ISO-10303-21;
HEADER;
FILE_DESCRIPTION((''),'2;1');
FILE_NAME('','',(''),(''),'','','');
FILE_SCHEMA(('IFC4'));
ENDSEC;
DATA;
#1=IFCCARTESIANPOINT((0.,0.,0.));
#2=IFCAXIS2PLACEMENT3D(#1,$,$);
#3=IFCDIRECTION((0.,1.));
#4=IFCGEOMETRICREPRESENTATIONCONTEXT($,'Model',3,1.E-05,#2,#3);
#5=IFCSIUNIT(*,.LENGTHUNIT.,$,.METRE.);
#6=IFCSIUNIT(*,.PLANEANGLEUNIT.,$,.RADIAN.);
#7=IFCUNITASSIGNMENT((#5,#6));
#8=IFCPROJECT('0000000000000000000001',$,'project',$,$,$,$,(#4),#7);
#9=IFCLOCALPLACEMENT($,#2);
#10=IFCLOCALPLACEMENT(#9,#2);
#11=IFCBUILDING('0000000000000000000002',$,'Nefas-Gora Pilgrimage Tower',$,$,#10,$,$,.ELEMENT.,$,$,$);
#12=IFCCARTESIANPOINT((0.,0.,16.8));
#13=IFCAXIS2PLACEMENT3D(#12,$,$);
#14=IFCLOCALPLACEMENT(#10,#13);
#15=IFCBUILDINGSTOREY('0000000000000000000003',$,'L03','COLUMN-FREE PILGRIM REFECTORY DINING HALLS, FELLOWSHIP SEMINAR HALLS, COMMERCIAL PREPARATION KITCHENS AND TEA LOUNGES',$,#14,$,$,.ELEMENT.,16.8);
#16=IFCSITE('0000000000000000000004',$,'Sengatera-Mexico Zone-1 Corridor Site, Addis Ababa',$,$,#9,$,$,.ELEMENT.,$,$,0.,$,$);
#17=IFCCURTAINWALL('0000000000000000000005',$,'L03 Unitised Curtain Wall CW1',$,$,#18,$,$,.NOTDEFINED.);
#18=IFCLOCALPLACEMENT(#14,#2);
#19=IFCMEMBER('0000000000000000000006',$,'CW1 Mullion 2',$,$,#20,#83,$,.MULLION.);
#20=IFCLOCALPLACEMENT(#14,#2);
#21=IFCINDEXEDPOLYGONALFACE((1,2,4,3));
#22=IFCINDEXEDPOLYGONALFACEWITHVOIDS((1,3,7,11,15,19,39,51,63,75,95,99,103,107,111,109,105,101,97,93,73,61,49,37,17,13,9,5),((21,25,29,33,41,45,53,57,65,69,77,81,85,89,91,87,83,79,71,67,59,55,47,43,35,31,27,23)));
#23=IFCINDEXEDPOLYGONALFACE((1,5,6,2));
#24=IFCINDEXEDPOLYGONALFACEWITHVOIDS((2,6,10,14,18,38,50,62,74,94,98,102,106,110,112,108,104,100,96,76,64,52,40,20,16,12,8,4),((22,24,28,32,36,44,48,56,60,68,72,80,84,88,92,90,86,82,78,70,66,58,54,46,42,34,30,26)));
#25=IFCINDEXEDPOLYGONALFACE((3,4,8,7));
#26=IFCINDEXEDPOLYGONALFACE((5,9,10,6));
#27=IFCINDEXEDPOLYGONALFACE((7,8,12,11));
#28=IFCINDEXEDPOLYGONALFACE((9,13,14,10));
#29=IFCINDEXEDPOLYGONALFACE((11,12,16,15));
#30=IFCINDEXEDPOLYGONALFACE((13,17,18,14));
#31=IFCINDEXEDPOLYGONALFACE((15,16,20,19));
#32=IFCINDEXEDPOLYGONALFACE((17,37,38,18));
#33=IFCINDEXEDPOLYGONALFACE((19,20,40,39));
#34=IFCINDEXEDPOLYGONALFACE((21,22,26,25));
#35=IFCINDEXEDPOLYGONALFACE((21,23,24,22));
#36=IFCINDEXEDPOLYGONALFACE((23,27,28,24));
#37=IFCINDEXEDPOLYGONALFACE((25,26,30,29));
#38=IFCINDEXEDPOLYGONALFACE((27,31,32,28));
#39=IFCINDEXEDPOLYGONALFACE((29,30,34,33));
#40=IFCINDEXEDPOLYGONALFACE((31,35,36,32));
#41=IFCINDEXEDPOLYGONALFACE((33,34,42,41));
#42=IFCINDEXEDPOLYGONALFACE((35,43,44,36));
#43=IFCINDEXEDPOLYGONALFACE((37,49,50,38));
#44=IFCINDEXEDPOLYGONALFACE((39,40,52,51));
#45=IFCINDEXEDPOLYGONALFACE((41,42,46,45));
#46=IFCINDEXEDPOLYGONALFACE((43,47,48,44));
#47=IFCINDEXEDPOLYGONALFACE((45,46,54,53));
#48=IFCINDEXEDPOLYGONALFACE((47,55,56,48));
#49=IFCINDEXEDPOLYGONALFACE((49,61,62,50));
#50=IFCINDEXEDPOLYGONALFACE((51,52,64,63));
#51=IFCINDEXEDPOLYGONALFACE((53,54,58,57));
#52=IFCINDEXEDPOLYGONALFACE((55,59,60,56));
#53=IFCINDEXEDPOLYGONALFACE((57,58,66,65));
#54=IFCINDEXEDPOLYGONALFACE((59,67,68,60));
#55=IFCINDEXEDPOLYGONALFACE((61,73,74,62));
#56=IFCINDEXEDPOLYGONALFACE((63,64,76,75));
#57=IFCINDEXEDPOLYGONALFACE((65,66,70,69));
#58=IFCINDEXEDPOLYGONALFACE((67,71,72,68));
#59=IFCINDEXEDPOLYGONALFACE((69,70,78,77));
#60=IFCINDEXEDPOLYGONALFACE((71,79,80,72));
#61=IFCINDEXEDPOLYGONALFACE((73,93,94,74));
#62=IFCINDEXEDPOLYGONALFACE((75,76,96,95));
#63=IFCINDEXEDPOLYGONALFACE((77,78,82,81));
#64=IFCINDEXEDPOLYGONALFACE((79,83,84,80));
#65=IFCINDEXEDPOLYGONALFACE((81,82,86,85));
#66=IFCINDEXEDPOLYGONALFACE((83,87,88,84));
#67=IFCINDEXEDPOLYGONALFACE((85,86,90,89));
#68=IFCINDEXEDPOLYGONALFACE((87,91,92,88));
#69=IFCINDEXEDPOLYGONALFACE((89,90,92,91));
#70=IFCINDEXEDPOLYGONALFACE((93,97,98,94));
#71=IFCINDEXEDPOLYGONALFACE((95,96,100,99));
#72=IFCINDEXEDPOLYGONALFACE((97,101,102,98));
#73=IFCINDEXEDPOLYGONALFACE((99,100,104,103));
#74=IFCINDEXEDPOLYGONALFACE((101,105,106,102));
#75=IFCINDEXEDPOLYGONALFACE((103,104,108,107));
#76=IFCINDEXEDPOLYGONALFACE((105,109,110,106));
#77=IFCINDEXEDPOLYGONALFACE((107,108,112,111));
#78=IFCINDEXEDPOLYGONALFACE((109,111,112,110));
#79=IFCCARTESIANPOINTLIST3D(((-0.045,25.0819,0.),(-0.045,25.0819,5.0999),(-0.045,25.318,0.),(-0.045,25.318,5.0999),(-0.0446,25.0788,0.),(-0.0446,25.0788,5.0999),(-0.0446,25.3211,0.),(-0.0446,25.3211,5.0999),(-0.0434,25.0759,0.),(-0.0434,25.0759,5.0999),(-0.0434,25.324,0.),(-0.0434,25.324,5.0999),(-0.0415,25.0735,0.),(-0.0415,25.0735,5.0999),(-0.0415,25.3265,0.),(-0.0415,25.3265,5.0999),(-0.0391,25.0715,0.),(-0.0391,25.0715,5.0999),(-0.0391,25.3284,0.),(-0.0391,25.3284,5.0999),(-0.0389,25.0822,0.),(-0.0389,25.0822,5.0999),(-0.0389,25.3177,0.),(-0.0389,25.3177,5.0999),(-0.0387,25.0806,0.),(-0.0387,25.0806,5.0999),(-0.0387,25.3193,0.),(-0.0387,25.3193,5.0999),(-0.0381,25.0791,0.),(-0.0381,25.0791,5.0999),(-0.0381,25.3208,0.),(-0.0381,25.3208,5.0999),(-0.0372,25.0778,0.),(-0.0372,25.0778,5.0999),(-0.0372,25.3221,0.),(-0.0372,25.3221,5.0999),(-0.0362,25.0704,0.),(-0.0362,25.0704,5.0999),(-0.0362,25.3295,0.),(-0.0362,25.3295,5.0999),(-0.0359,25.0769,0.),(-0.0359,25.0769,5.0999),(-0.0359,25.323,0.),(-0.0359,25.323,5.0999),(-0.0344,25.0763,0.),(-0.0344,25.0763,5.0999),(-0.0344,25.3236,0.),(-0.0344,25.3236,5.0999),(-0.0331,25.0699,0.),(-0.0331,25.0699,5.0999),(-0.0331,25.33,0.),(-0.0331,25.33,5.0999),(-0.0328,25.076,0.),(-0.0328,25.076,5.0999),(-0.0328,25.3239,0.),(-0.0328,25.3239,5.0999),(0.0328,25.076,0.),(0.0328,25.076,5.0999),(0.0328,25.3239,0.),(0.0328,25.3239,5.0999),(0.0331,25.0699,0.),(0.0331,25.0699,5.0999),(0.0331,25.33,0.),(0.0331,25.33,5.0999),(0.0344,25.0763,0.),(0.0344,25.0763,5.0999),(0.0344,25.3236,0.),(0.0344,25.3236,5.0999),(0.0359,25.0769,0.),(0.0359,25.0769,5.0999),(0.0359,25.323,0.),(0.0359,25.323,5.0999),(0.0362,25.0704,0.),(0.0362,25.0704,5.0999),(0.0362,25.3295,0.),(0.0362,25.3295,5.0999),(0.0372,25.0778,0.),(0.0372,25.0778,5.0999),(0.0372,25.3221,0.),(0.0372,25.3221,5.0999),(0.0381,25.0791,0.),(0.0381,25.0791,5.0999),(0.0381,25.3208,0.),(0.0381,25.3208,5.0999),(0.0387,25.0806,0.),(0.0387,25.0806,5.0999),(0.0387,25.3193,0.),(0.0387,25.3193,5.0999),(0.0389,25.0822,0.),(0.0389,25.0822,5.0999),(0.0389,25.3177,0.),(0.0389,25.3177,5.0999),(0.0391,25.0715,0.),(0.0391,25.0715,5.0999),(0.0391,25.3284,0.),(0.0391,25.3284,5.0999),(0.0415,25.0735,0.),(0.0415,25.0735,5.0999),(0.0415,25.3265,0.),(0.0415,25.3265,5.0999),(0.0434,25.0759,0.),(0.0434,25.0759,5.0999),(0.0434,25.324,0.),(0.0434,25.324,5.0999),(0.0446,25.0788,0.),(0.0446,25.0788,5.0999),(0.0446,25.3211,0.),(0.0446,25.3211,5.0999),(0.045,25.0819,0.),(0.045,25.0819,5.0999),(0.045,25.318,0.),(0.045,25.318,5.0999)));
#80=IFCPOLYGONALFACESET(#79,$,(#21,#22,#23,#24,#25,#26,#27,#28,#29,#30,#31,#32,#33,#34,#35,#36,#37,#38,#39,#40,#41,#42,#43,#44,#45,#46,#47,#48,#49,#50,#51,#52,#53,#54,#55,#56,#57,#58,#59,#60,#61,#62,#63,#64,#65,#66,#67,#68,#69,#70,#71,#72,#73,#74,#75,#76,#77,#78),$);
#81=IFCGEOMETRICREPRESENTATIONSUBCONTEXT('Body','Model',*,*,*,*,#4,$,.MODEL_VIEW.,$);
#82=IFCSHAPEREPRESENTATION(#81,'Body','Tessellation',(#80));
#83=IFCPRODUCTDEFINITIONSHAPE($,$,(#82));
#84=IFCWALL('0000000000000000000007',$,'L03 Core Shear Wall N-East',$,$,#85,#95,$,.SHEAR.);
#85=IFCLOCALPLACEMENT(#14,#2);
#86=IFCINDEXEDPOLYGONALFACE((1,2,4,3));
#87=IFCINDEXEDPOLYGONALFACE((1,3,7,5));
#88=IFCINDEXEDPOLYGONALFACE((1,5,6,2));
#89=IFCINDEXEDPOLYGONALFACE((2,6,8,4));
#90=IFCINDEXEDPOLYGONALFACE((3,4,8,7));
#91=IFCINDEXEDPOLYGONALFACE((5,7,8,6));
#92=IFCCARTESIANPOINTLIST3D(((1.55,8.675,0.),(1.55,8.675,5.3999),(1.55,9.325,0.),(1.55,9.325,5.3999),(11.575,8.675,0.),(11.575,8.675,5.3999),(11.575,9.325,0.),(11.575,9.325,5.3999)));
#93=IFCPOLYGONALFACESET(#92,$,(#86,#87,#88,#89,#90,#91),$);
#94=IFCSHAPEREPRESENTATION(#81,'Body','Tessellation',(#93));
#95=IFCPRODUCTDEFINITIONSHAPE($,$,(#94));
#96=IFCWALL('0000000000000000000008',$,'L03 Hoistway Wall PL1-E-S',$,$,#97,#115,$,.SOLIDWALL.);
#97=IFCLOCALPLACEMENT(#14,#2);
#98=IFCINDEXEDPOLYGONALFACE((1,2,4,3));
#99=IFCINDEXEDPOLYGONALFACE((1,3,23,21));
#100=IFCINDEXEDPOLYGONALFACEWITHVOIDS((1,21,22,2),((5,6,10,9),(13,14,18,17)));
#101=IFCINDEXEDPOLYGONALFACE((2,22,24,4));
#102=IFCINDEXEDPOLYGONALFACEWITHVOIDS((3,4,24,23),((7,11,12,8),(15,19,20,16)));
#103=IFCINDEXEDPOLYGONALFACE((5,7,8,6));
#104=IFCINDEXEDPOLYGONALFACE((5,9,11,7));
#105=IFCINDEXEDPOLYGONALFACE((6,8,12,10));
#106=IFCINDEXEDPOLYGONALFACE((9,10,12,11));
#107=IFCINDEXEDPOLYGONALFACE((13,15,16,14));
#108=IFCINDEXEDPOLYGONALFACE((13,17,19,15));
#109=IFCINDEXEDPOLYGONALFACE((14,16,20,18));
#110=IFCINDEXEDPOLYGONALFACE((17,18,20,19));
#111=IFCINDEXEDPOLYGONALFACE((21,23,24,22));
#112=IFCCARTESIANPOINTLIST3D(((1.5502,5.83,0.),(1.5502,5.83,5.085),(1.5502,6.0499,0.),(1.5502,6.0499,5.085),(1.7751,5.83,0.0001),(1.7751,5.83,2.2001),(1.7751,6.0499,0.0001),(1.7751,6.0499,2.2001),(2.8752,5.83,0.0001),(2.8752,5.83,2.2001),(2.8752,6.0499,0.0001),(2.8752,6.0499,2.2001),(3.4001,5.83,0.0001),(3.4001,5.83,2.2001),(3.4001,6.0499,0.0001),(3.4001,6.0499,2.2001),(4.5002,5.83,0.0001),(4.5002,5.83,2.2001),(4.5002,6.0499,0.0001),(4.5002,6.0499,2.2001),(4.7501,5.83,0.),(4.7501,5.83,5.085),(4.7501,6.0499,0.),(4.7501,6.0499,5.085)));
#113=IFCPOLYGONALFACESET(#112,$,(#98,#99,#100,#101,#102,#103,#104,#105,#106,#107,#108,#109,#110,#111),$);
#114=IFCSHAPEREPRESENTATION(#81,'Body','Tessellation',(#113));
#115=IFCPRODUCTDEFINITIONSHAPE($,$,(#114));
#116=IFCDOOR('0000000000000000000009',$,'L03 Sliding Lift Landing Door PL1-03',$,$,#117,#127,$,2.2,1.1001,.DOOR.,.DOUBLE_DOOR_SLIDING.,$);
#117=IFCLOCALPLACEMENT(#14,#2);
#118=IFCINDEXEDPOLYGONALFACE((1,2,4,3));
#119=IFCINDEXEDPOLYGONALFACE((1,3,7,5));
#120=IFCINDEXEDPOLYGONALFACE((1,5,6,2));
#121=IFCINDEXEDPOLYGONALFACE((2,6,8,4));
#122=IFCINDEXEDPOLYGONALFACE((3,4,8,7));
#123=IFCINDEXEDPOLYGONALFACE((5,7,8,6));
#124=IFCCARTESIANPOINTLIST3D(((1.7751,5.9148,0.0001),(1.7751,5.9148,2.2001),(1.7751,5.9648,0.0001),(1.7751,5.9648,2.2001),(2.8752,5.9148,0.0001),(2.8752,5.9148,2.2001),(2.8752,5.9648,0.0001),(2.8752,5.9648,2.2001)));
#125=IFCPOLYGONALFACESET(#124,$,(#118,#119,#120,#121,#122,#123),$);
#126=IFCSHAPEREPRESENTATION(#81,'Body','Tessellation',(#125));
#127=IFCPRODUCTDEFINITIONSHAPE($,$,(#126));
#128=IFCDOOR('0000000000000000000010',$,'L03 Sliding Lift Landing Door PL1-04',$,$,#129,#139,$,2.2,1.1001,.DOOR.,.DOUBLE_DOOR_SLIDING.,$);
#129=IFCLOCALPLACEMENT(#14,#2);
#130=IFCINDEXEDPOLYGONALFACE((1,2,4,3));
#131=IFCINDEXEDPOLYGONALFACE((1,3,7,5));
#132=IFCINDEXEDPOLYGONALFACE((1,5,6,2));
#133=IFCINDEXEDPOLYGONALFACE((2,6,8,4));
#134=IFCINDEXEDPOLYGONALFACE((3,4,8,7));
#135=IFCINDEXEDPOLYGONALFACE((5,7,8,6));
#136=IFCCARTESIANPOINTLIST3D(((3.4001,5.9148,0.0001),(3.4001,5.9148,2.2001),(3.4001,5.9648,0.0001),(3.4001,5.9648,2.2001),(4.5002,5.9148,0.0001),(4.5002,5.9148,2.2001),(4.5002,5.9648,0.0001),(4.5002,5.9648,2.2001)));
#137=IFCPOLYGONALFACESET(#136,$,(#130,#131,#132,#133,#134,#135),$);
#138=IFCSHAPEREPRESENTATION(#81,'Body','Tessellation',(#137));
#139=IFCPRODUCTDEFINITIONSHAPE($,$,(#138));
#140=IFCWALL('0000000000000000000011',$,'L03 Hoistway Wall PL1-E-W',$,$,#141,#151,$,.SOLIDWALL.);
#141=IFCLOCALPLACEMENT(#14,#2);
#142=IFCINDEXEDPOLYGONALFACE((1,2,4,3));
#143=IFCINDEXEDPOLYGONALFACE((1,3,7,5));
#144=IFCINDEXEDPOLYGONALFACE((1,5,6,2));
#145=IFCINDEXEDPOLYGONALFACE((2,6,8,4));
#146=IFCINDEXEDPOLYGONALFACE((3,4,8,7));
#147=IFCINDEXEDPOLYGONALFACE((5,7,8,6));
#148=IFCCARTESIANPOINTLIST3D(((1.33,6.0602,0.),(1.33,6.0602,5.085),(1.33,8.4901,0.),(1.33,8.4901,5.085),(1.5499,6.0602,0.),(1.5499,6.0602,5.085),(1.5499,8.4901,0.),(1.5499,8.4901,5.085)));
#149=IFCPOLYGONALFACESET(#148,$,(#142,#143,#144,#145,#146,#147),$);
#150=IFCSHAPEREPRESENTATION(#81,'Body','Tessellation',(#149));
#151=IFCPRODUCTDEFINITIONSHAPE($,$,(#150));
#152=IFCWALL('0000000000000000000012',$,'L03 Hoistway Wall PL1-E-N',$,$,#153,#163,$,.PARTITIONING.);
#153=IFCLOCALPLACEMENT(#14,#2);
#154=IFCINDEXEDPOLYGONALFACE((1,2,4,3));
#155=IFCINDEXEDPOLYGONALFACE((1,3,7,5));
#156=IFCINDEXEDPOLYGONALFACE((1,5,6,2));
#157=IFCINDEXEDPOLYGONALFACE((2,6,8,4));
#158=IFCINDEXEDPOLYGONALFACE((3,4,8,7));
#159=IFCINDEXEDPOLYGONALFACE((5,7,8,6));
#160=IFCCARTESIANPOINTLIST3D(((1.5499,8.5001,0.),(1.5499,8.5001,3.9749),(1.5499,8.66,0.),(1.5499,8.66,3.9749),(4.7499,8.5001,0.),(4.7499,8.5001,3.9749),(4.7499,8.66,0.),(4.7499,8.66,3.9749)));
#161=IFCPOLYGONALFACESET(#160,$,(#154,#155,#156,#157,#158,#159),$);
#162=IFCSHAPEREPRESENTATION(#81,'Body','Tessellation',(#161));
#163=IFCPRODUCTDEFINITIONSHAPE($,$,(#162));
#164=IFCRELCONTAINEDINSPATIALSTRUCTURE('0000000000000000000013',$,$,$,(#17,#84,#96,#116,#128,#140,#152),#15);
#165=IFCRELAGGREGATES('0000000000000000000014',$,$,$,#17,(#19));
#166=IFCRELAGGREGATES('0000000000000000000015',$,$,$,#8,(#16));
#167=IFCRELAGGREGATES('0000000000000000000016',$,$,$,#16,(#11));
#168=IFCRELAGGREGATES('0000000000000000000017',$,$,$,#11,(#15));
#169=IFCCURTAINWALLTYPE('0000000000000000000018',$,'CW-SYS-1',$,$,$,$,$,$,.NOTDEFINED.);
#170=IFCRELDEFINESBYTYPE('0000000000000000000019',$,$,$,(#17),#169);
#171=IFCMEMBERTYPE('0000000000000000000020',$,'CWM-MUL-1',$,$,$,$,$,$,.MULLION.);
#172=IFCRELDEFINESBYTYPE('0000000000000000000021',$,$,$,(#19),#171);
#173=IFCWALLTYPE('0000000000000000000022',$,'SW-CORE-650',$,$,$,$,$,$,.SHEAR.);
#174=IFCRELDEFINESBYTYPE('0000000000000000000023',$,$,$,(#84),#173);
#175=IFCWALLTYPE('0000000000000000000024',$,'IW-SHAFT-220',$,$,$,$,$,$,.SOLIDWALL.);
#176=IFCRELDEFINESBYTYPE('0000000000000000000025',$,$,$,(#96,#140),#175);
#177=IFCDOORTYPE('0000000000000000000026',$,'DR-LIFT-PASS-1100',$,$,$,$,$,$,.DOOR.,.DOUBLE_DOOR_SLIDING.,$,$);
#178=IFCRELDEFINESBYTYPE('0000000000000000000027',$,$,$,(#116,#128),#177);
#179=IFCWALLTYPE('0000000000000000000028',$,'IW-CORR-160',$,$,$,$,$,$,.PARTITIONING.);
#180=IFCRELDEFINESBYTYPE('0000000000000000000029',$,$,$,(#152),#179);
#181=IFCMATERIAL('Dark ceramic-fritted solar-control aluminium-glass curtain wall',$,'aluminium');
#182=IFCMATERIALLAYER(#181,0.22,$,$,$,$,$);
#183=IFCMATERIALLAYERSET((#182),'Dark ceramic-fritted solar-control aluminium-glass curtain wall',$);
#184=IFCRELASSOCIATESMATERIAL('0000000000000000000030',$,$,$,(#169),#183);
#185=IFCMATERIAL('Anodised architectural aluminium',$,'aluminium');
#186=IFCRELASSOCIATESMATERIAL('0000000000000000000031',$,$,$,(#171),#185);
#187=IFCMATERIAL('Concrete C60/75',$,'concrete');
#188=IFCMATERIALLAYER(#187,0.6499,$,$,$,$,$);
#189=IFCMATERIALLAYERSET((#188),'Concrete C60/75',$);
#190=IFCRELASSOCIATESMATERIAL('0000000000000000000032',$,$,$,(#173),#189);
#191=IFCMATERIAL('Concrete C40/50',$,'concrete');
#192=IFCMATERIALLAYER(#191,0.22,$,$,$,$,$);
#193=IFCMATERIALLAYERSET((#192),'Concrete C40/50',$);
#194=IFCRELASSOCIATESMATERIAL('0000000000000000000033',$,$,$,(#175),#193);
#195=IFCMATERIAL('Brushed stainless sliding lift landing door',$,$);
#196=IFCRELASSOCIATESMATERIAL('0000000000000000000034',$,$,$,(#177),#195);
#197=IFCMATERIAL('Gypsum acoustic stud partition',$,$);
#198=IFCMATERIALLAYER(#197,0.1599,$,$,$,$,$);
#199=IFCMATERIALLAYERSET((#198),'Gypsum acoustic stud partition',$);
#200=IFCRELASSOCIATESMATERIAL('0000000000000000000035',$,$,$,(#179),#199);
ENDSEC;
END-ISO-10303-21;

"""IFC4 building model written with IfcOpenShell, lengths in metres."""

from ifc_helpers import new_model, si_unit, direction, frame, frame_2d, origin, origin_2d, place, context, subcontext, project, spatial, rectangle, hollow_rectangle, extrude, source, transform, mapped, material, layer, layer_set, material_profile, profile_set, type_object, element, fill, aggregate, save


model = new_model("IFC4")

# Units and contexts
model_context = context("Model", 3, precision=1e-05, world=origin(), true_north=direction((0.0, 1.0)))
body_context = subcontext(model_context, "Body", "Model", "MODEL_VIEW")
ifc_project = project(units=[si_unit("LENGTHUNIT", "METRE"), si_unit("PLANEANGLEUNIT", "RADIAN")], contexts=[model_context])

# Site, building, storey
site_placement = place(None, origin())
site = spatial("IfcSite", under=ifc_project, at=site_placement, Name="Sengatera-Mexico Zone-1 Corridor Site, Addis Ababa", CompositionType="ELEMENT", RefElevation=0.0)
building_placement = place(site_placement, origin())
building = spatial("IfcBuilding", under=site, at=building_placement, Name="Nefas-Gora Pilgrimage Tower", CompositionType="ELEMENT")
storey_placement = place(building_placement, frame((0.0, 0.0, 16.8)))
storey = spatial("IfcBuildingStorey", under=building, at=storey_placement, Name="L03", Description="COLUMN-FREE PILGRIM REFECTORY DINING HALLS, FELLOWSHIP SEMINAR HALLS, COMMERCIAL PREPARATION KITCHENS AND TEA LOUNGES", CompositionType="ELEMENT", Elevation=16.8)

# Curtain wall, member
ifc_material_1 = material(Name="Dark ceramic-fritted solar-control aluminium-glass curtain wall", Category="aluminium")
ifc_layer_1 = layer(ifc_material_1, 0.22)
ifc_layer_set_1 = layer_set([ifc_layer_1], Name="Dark ceramic-fritted solar-control aluminium-glass curtain wall")
curtain_wall_type = type_object("IfcCurtainWallType", Name="CW-SYS-1", PredefinedType="NOTDEFINED", material=ifc_layer_set_1)
curtain_wall_placement = place(storey_placement, origin())
curtain_wall = element("IfcCurtainWall", 1, at=curtain_wall_placement, inside=storey, type_object=curtain_wall_type, Name="L03 Unitised Curtain Wall CW1", PredefinedType="NOTDEFINED")
ifc_material_2 = material(Name="Anodised architectural aluminium", Category="aluminium")
ifc_material_profile_1 = material_profile(ifc_material_2, hollow_rectangle(XDim=0.0901, YDim=0.26, WallThickness=0.0061, InnerFilletRadius=0.0061, OuterFilletRadius=0.012, at=origin_2d()), Name="ALU MULLION 90x260")
ifc_profile_set_1 = profile_set([ifc_material_profile_1], Name="Anodised architectural aluminium")
member_type = type_object("IfcMemberType", Name="CWM-MUL-1", PredefinedType="MULLION", material=ifc_profile_set_1)
shared_shape_1 = source(origin(), body_context, "Body", "SweptSolid", [
    extrude(hollow_rectangle(XDim=0.0901, YDim=0.26, WallThickness=0.0061, InnerFilletRadius=0.0061, OuterFilletRadius=0.012, at=origin_2d()), origin(), (0.0, 0.0, 1.0), 5.0999),
])
member_placement = place(storey_placement, frame((0.0, 25.2, 0.0), z_axis=(0.0, 0.0, 1.0), x_axis=(-1.0, 0.0, 0.0)))
member = element("IfcMember", 2, at=member_placement, type_object=member_type, Name="CW1 Mullion 2", PredefinedType="MULLION", context=body_context, shape_type="MappedRepresentation", body=[
    mapped(shared_shape_1, transform((0.0, 0.0, 0.0), x_axis=(1.0, 0.0, 0.0), y_axis=(0.0, 1.0, 0.0), z_axis=(0.0, 0.0, 1.0), scale=1.0)),
])
aggregate(curtain_wall, [member])

# Wall
ifc_material_3 = material(Name="Concrete C60/75", Category="concrete")
ifc_layer_2 = layer(ifc_material_3, 0.6499)
ifc_layer_set_2 = layer_set([ifc_layer_2], Name="Concrete C60/75")
wall_type_1 = type_object("IfcWallType", Name="SW-CORE-650", PredefinedType="SHEAR", material=ifc_layer_set_2)
shared_shape_2 = source(origin(), body_context, "Body", "SweptSolid", [
    extrude(rectangle(XDim=10.0249, YDim=0.6499, at=frame_2d((5.0125, 0.0))), origin(), (0.0, 0.0, 1.0), 5.3999),
])
wall_1_placement = place(storey_placement, frame((1.55, 9.0, 0.0), z_axis=(0.0, 0.0, 1.0), x_axis=(1.0, 0.0, 0.0)))
element("IfcWall", 3, at=wall_1_placement, inside=storey, type_object=wall_type_1, Name="L03 Core Shear Wall N-East", PredefinedType="SHEAR", context=body_context, shape_type="MappedRepresentation", body=[
    mapped(shared_shape_2, transform((0.0, 0.0, 0.0), x_axis=(1.0, 0.0, 0.0), y_axis=(0.0, 1.0, 0.0), z_axis=(0.0, 0.0, 1.0), scale=1.0)),
])

# Wall, openings, doors
ifc_material_4 = material(Name="Concrete C40/50", Category="concrete")
ifc_layer_3 = layer(ifc_material_4, 0.22)
ifc_layer_set_3 = layer_set([ifc_layer_3], Name="Concrete C40/50")
wall_type_2 = type_object("IfcWallType", Name="IW-SHAFT-220", PredefinedType="SOLIDWALL", material=ifc_layer_set_3)
shared_shape_3 = source(origin(), body_context, "Body", "SweptSolid", [
    extrude(rectangle(XDim=3.2, YDim=0.22, at=frame_2d((1.6001, 0.0))), origin(), (0.0, 0.0, 1.0), 5.085),
])
wall_2_placement = place(storey_placement, frame((1.55, 5.9399, 0.0), z_axis=(0.0, 0.0, 1.0), x_axis=(1.0, 0.0, 0.0)))
wall_2 = element("IfcWall", 4, at=wall_2_placement, inside=storey, type_object=wall_type_2, Name="L03 Hoistway Wall PL1-E-S", PredefinedType="SOLIDWALL", context=body_context, shape_type="MappedRepresentation", body=[
    mapped(shared_shape_3, transform((0.0, 0.0, 0.0), x_axis=(1.0, 0.0, 0.0), y_axis=(0.0, 1.0, 0.0), z_axis=(0.0, 0.0, 1.0), scale=1.0)),
])
opening_1_placement = place(wall_2_placement, frame((0.2251, 0.0, 0.0)))
opening_1 = element("IfcOpeningElement", 5, at=opening_1_placement, cuts=wall_2, PredefinedType="OPENING", context=body_context, shape_type="SweptSolid", body=[
    extrude(rectangle(XDim=1.1001, YDim=2.2, at=frame_2d((0.55, 1.1001))), frame((0.0, 0.1199, 0.0), z_axis=(0.0, -1.0, 0.0), x_axis=(1.0, 0.0, 0.0)), (0.0, 0.0, 1.0), 0.24),
])
opening_2_placement = place(wall_2_placement, frame((1.8501, 0.0, 0.0)))
opening_2 = element("IfcOpeningElement", 6, at=opening_2_placement, cuts=wall_2, PredefinedType="OPENING", context=body_context, shape_type="SweptSolid", body=[
    extrude(rectangle(XDim=1.1001, YDim=2.2, at=frame_2d((0.55, 1.1001))), frame((0.0, 0.1199, 0.0), z_axis=(0.0, -1.0, 0.0), x_axis=(1.0, 0.0, 0.0)), (0.0, 0.0, 1.0), 0.24),
])
ifc_material_5 = material(Name="Brushed stainless sliding lift landing door")
door_type_1 = type_object("IfcDoorType", Name="DR-LIFT-PASS-1100", OperationType="DOUBLE_DOOR_SLIDING", PredefinedType="DOOR", material=ifc_material_5)
shared_shape_4 = source(origin(), body_context, "Body", "SweptSolid", [
    extrude(rectangle(XDim=1.1001, YDim=2.2, at=frame_2d((0.55, 1.1001))), frame((0.0, 0.0249, 0.0), z_axis=(0.0, -1.0, 0.0), x_axis=(1.0, 0.0, 0.0)), (0.0, 0.0, 1.0), 0.05),
])
door_1_placement = place(opening_1_placement, origin())
door_1 = element("IfcDoor", 7, at=door_1_placement, inside=storey, type_object=door_type_1, Name="L03 Sliding Lift Landing Door PL1-03", OperationType="DOUBLE_DOOR_SLIDING", OverallHeight=2.2, OverallWidth=1.1001, PredefinedType="DOOR", context=body_context, shape_type="MappedRepresentation", body=[
    mapped(shared_shape_4, transform((0.0, 0.0, 0.0), x_axis=(1.0, 0.0, 0.0), y_axis=(0.0, 1.0, 0.0), z_axis=(0.0, 0.0, 1.0), scale=1.0)),
])
fill(opening_1, door_1)
door_2_placement = place(opening_2_placement, origin())
door_2 = element("IfcDoor", 8, at=door_2_placement, inside=storey, type_object=door_type_1, Name="L03 Sliding Lift Landing Door PL1-04", OperationType="DOUBLE_DOOR_SLIDING", OverallHeight=2.2, OverallWidth=1.1001, PredefinedType="DOOR", context=body_context, shape_type="MappedRepresentation", body=[
    mapped(shared_shape_4, transform((0.0, 0.0, 0.0), x_axis=(1.0, 0.0, 0.0), y_axis=(0.0, 1.0, 0.0), z_axis=(0.0, 0.0, 1.0), scale=1.0)),
])
fill(opening_2, door_2)

# Walls
shared_shape_5 = source(origin(), body_context, "Body", "SweptSolid", [
    extrude(rectangle(XDim=2.4299, YDim=0.22, at=frame_2d((1.2148, 0.0))), origin(), (0.0, 0.0, 1.0), 5.085),
])
for number, where, z_axis, x_axis, name in (
    (9, (1.4399, 8.49, 0.0), (0.0, 0.0, 1.0), (0.0, -1.0, 0.0), "L03 Hoistway Wall PL1-E-W"),
):
    element("IfcWall", number, at=place(storey_placement, frame(where, z_axis=z_axis, x_axis=x_axis)), inside=storey, type_object=wall_type_2, Name=name, PredefinedType="SOLIDWALL", context=body_context, shape_type="MappedRepresentation", body=[
        mapped(shared_shape_5, transform((0.0, 0.0, 0.0), x_axis=(1.0, 0.0, 0.0), y_axis=(0.0, 1.0, 0.0), z_axis=(0.0, 0.0, 1.0), scale=1.0)),
    ])
ifc_material_6 = material(Name="Gypsum acoustic stud partition")
ifc_layer_4 = layer(ifc_material_6, 0.1599)
ifc_layer_set_4 = layer_set([ifc_layer_4], Name="Gypsum acoustic stud partition")
wall_type_3 = type_object("IfcWallType", Name="IW-CORR-160", PredefinedType="PARTITIONING", material=ifc_layer_set_4)
shared_shape_6 = source(origin(), body_context, "Body", "SweptSolid", [
    extrude(rectangle(XDim=3.2, YDim=0.1599, at=frame_2d((1.6001, 0.0))), origin(), (0.0, 0.0, 1.0), 3.9749),
])
wall_3_placement = place(storey_placement, frame((4.75, 8.5801, 0.0), z_axis=(0.0, 0.0, 1.0), x_axis=(-1.0, 0.0, 0.0)))
element("IfcWall", 10, at=wall_3_placement, inside=storey, type_object=wall_type_3, Name="L03 Hoistway Wall PL1-E-N", PredefinedType="PARTITIONING", context=body_context, shape_type="MappedRepresentation", body=[
    mapped(shared_shape_6, transform((0.0, 0.0, 0.0), x_axis=(1.0, 0.0, 0.0), y_axis=(0.0, 1.0, 0.0), z_axis=(0.0, 0.0, 1.0), scale=1.0)),
])

save(model, "model.ifc")
